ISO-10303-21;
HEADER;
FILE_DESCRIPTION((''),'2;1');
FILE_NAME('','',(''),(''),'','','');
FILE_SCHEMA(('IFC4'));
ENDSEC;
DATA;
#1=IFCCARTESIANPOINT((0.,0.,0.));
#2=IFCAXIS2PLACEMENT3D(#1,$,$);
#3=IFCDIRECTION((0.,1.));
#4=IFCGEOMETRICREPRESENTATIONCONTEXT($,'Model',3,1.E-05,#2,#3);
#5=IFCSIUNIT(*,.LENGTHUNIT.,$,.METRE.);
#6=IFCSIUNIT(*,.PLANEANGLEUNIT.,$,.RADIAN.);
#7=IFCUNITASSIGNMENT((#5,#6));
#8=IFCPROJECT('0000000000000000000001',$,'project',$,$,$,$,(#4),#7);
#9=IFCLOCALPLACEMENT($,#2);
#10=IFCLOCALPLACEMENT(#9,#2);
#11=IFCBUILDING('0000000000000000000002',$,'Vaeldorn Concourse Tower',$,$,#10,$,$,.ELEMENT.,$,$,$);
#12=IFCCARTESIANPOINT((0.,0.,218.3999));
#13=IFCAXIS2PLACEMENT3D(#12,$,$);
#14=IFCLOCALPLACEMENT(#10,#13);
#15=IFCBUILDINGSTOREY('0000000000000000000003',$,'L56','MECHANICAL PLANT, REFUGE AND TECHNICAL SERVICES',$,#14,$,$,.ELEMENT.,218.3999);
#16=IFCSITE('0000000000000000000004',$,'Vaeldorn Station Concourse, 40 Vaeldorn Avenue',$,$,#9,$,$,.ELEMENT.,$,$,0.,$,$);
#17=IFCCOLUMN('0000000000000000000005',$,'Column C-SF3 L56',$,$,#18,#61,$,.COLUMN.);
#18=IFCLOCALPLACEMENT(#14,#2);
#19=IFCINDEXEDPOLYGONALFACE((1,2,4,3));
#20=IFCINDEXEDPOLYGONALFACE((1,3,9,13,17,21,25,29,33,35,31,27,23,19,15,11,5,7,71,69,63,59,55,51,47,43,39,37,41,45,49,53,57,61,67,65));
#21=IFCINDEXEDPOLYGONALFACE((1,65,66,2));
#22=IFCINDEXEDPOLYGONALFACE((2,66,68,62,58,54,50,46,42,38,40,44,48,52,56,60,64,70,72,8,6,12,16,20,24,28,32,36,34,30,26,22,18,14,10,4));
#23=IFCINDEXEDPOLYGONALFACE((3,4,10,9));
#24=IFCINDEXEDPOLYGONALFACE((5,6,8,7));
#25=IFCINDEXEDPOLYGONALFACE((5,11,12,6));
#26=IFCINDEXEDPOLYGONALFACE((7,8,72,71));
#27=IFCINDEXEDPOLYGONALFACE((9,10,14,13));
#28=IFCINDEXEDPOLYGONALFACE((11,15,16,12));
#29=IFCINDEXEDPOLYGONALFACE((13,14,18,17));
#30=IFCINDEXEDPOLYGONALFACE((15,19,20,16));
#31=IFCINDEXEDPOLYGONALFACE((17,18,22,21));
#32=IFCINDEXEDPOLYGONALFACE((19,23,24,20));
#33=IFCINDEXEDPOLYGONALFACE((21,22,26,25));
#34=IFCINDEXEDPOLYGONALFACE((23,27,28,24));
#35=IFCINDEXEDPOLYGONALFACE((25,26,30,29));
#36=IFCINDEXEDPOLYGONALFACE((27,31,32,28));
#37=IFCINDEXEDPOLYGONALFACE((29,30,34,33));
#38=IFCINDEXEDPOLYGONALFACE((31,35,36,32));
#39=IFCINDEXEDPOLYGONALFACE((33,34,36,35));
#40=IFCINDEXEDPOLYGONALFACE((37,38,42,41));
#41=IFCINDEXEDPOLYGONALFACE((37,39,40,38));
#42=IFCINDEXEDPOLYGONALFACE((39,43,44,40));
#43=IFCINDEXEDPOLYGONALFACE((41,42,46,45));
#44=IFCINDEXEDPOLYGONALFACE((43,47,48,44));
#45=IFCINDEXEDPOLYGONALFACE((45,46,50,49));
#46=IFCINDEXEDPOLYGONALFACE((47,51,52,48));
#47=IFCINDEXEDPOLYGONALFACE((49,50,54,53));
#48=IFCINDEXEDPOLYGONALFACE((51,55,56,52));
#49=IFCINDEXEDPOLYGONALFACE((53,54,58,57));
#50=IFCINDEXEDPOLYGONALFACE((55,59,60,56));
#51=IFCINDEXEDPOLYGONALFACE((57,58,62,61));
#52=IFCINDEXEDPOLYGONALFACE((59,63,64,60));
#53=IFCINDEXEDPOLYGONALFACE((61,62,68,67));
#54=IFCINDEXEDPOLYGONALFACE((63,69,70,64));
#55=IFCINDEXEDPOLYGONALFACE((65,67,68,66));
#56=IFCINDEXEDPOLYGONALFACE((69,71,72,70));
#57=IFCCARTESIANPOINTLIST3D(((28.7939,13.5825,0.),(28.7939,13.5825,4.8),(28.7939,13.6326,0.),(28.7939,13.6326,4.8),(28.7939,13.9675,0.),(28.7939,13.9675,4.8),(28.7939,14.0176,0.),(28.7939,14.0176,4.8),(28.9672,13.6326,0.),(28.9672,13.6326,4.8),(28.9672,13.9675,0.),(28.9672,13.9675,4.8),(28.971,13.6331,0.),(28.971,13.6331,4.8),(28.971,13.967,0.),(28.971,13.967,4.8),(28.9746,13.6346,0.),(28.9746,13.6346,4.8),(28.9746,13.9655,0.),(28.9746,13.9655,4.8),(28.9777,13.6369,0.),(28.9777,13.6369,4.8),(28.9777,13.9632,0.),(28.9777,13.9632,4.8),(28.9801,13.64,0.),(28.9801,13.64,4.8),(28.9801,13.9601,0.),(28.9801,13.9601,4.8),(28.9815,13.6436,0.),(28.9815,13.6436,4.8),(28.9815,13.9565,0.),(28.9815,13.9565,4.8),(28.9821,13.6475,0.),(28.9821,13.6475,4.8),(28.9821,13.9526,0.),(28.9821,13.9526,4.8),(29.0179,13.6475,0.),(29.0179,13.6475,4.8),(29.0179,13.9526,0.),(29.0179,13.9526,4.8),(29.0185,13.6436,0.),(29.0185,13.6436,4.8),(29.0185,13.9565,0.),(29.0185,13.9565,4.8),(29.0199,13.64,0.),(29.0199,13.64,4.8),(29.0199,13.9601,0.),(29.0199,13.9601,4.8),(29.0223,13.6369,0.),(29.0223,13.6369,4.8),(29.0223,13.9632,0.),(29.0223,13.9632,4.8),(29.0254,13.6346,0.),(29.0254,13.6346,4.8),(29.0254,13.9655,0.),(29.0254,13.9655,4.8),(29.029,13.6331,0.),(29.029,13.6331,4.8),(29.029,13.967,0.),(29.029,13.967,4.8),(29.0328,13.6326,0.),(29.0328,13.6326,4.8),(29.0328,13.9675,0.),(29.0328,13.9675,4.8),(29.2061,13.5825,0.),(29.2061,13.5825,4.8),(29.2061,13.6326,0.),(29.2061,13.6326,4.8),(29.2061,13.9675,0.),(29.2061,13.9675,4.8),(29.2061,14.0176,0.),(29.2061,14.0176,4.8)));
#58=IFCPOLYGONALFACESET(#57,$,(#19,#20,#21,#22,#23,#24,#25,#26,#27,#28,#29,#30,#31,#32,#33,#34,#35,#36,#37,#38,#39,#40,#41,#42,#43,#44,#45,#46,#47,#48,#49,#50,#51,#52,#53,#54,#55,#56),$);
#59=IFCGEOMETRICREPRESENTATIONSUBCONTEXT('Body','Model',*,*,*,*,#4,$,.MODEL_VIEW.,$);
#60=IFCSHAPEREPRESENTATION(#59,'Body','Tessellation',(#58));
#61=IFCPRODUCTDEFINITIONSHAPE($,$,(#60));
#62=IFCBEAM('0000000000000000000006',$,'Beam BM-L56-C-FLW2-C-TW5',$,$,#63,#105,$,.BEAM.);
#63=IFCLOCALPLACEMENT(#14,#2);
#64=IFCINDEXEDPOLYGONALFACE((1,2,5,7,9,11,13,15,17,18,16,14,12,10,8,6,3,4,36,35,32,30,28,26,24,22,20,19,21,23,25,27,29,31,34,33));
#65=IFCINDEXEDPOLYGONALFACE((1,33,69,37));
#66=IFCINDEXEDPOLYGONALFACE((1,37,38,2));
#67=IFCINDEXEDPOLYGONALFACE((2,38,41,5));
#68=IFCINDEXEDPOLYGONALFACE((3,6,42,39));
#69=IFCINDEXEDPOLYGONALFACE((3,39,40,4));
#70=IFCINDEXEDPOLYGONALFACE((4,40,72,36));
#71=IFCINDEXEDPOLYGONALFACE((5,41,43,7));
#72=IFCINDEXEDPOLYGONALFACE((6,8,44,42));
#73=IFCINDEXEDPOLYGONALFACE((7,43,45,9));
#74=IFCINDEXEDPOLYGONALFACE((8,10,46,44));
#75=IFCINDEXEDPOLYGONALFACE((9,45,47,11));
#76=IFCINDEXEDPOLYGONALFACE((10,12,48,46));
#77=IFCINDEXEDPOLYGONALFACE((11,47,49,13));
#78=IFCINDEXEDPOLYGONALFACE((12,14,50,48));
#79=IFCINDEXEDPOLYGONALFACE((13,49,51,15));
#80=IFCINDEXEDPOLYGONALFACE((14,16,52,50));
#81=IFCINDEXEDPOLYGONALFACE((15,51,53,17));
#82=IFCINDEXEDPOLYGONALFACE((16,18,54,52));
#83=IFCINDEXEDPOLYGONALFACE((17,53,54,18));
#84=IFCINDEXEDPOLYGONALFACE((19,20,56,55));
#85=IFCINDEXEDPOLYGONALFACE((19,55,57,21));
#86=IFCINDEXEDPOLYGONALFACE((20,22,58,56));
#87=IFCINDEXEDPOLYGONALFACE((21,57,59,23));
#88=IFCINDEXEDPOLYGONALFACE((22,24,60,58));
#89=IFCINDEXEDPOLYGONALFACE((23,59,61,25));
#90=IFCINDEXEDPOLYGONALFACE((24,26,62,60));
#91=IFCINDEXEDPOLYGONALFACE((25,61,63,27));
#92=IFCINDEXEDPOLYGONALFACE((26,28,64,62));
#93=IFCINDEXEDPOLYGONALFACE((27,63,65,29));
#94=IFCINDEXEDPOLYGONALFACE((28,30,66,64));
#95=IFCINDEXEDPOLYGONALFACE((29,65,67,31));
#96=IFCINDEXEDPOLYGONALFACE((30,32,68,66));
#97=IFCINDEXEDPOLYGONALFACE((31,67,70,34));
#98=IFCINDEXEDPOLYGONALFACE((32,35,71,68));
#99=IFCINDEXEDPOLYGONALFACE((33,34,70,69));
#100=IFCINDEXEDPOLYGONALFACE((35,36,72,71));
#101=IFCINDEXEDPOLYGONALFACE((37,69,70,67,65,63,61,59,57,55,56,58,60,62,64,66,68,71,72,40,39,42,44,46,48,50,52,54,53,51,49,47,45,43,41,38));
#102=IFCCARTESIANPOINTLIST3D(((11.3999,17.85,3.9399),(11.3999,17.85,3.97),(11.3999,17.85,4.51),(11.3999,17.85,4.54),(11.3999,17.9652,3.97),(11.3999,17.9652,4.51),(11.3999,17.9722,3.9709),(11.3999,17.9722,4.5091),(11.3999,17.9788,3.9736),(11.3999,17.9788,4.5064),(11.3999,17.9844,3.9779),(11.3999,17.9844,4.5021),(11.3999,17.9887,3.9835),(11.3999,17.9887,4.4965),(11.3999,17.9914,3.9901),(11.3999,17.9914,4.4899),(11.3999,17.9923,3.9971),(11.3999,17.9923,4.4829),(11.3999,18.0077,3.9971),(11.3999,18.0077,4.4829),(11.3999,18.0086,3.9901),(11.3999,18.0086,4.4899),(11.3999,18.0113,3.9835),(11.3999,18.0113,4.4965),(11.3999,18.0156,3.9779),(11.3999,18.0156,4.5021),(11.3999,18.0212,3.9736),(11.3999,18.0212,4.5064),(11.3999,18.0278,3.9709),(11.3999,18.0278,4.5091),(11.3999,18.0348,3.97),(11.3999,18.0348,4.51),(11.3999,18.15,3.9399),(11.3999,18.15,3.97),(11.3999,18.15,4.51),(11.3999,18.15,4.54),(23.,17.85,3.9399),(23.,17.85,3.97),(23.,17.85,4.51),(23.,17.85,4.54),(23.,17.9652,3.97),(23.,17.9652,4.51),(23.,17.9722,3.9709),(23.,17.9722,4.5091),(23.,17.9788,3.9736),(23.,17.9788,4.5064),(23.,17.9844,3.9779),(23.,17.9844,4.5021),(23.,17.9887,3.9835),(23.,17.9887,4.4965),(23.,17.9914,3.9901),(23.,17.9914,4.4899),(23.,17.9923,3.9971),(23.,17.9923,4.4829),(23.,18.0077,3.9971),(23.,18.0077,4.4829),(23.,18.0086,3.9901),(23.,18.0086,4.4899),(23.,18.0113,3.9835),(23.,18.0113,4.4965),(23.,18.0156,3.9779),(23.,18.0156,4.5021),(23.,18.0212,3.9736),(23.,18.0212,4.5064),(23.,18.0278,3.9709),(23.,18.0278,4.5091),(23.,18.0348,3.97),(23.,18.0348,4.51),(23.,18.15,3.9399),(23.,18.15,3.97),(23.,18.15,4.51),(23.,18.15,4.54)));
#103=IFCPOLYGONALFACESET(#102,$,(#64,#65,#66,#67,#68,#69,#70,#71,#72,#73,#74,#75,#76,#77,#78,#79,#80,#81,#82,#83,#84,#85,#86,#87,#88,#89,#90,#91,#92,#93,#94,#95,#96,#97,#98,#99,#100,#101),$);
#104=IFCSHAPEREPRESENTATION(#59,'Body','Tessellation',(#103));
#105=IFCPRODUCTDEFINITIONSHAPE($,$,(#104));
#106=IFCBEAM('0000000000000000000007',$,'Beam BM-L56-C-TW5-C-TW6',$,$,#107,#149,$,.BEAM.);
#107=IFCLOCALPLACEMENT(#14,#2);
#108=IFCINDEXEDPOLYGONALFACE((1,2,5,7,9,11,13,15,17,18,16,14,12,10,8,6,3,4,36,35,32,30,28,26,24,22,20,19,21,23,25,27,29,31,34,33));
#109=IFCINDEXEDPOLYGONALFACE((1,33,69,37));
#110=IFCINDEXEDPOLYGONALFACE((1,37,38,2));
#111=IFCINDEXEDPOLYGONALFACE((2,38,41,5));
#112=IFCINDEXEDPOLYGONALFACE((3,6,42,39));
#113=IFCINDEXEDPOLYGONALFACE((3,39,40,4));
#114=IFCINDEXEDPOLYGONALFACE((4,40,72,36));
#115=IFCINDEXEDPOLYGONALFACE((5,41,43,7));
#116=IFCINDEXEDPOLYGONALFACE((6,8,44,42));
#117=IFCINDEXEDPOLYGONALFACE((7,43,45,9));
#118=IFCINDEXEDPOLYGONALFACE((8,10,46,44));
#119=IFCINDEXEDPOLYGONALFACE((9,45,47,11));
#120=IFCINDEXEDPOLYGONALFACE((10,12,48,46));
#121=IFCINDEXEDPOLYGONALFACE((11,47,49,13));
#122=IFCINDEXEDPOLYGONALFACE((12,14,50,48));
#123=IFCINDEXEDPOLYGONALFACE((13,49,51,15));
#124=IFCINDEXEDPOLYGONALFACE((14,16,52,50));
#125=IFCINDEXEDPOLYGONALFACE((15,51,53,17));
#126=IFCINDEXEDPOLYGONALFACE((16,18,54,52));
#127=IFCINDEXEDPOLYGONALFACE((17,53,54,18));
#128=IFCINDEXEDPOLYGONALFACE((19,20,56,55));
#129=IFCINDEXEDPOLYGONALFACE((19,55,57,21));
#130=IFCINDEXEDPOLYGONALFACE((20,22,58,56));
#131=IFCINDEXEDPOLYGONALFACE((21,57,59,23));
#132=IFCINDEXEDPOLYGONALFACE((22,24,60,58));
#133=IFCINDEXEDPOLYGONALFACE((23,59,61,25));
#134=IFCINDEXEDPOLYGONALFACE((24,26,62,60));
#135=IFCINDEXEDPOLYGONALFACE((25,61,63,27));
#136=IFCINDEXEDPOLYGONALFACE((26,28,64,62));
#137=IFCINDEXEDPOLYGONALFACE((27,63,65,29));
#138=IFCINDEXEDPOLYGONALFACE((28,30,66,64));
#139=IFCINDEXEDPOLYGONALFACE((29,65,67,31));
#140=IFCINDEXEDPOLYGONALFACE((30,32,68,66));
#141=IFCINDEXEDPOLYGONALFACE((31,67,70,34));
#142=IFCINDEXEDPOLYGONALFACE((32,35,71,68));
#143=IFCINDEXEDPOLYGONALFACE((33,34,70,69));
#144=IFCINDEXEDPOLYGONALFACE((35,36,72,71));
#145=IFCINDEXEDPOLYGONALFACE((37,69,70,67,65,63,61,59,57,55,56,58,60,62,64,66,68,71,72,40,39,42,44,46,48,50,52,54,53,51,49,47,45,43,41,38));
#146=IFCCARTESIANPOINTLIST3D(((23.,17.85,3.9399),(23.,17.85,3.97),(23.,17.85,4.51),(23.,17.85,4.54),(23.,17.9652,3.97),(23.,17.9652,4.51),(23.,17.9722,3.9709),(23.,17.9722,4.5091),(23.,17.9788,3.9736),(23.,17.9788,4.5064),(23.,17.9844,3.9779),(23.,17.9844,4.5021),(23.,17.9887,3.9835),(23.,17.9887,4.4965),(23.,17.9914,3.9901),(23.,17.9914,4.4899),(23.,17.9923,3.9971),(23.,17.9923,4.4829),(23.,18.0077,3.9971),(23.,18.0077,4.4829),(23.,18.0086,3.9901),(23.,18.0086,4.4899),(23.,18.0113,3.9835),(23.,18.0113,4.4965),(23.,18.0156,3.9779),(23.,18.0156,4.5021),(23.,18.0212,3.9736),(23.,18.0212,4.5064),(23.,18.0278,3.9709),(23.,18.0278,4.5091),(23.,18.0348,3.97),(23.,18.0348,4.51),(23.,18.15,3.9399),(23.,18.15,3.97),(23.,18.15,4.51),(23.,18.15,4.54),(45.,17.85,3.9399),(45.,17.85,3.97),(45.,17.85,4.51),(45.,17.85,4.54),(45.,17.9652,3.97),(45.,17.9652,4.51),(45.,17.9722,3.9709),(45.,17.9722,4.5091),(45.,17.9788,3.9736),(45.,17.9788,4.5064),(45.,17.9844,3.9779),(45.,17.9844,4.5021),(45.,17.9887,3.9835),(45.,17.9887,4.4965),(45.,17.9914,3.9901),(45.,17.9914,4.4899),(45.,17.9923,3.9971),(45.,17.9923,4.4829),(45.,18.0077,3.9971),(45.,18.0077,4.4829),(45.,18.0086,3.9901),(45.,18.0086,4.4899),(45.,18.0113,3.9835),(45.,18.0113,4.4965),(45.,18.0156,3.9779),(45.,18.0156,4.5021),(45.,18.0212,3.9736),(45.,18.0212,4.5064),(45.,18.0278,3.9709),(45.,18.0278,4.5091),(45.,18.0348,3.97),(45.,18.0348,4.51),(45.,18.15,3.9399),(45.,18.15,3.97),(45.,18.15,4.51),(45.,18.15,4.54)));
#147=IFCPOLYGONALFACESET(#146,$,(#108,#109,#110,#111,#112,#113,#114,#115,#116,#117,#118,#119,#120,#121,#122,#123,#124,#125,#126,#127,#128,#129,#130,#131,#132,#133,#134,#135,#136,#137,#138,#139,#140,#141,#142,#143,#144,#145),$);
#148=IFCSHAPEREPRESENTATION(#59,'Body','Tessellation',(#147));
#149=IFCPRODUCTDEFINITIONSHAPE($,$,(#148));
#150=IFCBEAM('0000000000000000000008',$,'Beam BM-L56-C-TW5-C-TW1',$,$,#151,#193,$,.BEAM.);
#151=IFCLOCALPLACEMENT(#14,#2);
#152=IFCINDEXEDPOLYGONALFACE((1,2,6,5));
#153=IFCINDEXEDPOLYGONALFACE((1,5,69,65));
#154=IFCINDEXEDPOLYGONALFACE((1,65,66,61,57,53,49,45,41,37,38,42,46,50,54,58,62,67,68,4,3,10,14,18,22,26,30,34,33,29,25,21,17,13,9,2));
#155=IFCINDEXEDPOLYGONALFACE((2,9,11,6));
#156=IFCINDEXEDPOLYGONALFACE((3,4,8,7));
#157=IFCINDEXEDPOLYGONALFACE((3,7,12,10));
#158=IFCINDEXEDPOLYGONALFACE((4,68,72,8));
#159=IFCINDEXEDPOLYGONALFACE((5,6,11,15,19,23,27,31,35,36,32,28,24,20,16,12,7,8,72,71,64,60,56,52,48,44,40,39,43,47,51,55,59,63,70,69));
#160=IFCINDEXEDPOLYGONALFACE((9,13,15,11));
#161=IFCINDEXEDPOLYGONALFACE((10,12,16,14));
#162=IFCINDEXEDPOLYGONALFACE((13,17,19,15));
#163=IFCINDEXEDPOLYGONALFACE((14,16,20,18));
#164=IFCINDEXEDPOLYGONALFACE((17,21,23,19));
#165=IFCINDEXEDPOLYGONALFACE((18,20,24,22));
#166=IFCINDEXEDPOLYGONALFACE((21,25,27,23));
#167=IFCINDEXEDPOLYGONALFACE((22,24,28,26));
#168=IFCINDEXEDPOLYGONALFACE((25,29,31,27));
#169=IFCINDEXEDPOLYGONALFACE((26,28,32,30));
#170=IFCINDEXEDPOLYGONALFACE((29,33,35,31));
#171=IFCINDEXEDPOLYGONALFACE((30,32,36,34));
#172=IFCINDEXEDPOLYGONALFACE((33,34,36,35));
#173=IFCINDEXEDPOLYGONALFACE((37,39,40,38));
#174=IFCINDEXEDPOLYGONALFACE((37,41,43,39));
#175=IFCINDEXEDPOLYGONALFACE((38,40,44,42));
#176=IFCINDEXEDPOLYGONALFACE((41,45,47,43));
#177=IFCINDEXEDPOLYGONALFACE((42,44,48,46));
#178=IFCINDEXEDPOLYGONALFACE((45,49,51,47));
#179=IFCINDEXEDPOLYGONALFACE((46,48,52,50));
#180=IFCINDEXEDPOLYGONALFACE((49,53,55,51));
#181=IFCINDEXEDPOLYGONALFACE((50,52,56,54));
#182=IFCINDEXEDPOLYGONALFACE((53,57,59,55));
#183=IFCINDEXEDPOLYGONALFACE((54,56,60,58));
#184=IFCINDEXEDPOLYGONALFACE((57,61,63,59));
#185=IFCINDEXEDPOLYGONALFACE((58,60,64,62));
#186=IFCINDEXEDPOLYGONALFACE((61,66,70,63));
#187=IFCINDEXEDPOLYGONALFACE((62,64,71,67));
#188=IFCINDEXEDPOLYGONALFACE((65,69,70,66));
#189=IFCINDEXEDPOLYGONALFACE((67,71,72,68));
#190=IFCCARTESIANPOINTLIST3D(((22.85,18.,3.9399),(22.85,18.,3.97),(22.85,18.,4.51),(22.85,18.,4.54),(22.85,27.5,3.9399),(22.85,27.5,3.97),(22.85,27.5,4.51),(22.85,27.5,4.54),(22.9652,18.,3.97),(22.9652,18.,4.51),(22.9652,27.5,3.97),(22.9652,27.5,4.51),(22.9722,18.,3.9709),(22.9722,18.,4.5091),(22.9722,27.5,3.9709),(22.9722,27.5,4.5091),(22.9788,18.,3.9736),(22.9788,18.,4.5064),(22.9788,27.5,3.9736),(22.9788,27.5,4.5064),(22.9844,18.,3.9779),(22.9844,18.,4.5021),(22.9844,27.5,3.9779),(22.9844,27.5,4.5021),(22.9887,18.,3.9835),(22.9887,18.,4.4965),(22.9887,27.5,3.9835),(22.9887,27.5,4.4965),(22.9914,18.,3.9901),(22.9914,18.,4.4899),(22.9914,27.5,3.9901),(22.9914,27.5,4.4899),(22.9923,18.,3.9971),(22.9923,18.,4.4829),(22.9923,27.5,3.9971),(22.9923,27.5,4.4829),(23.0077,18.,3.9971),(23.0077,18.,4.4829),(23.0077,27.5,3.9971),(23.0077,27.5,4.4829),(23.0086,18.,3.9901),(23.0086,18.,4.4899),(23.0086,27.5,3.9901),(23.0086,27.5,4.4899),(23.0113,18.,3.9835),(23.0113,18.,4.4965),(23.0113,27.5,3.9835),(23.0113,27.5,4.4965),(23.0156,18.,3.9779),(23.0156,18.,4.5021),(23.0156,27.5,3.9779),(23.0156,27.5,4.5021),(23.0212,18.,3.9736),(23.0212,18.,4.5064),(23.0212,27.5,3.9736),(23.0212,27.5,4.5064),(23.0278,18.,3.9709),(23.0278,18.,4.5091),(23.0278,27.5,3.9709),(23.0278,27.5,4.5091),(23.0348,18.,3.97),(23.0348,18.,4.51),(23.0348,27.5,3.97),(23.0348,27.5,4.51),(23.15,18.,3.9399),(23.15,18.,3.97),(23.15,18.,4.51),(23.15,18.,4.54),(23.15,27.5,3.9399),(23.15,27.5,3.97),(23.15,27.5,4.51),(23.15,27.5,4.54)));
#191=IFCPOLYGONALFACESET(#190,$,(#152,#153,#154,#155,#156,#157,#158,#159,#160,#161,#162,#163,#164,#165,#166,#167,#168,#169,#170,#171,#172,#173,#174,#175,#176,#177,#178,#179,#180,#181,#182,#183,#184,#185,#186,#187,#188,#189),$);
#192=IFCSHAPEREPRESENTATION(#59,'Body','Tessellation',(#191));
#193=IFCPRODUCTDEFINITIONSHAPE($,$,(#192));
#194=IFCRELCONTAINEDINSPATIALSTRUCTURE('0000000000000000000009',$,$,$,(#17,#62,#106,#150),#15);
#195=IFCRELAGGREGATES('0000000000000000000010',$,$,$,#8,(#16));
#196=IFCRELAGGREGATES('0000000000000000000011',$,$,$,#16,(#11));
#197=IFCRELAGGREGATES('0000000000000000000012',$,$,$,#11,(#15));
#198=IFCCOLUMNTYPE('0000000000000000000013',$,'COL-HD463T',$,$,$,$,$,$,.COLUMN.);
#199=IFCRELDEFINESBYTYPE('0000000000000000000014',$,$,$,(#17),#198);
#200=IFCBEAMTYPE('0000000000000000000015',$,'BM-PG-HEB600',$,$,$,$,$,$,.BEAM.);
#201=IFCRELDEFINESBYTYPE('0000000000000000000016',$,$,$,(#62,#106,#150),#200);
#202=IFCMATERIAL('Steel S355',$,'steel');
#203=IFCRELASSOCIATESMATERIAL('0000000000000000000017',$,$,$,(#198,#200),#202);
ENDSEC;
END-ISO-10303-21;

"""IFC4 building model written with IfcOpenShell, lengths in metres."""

from ifc_helpers import new_model, si_unit, direction, frame, origin, origin_2d, place, context, subcontext, project, spatial, i_section, extrude, source, transform, mapped, material, material_profile, profile_set, type_object, element, save


model = new_model("IFC4")

# Units and contexts
model_context = context("Model", 3, precision=1e-05, world=origin(), true_north=direction((0.0, 1.0)))
body_context = subcontext(model_context, "Body", "Model", "MODEL_VIEW")
ifc_project = project(units=[si_unit("LENGTHUNIT", "METRE"), si_unit("PLANEANGLEUNIT", "RADIAN")], contexts=[model_context])

# Site, building, storey
site_placement = place(None, origin())
site = spatial("IfcSite", under=ifc_project, at=site_placement, Name="Vaeldorn Station Concourse, 40 Vaeldorn Avenue", CompositionType="ELEMENT", RefElevation=0.0)
building_placement = place(site_placement, origin())
building = spatial("IfcBuilding", under=site, at=building_placement, Name="Vaeldorn Concourse Tower", CompositionType="ELEMENT")
storey_placement = place(building_placement, frame((0.0, 0.0, 218.3999)))
storey = spatial("IfcBuildingStorey", under=building, at=storey_placement, Name="L56", Description="MECHANICAL PLANT, REFUGE AND TECHNICAL SERVICES", CompositionType="ELEMENT", Elevation=218.3999)

# Column
ifc_material_1 = material(Name="Steel S355", Category="steel")
ifc_material_profile_1 = material_profile(ifc_material_1, i_section(OverallWidth=0.4121, OverallDepth=0.4351, WebThickness=0.0359, FlangeThickness=0.05, FilletRadius=0.0149, at=origin_2d()), Name="HD 400x463")
ifc_profile_set_1 = profile_set([ifc_material_profile_1], Name="Steel S355")
column_type_1 = type_object("IfcColumnType", Name="COL-HD463T", PredefinedType="COLUMN", material=ifc_profile_set_1)
shared_shape_1 = source(origin(), body_context, "Body", "SweptSolid", [
    extrude(i_section(OverallWidth=0.4121, OverallDepth=0.4351, WebThickness=0.0359, FlangeThickness=0.05, FilletRadius=0.0149, at=origin_2d()), origin(), (0.0, 0.0, 1.0), 4.8),
])
for number, where, z_axis, x_axis, name in (
    (1, (29.0, 13.8, 0.0), (0.0, 0.0, 1.0), (1.0, 0.0, 0.0), "Column C-SF3 L56"),
):
    element("IfcColumn", number, at=place(storey_placement, frame(where, z_axis=z_axis, x_axis=x_axis)), inside=storey, type_object=column_type_1, Name=name, PredefinedType="COLUMN", context=body_context, shape_type="MappedRepresentation", body=[
        mapped(shared_shape_1, transform((0.0, 0.0, 0.0), scale=1.0)),
    ])

# Beams
ifc_material_profile_2 = material_profile(ifc_material_1, i_section(OverallWidth=0.3, OverallDepth=0.6001, WebThickness=0.0154, FlangeThickness=0.03, FilletRadius=0.0271, at=origin_2d()), Name="HEB 600")
ifc_profile_set_2 = profile_set([ifc_material_profile_2], Name="Steel S355")
beam_type_1 = type_object("IfcBeamType", Name="BM-PG-HEB600", PredefinedType="BEAM", material=ifc_profile_set_2)
shared_shape_2 = source(origin(), body_context, "Body", "SweptSolid", [
    extrude(i_section(OverallWidth=0.3, OverallDepth=0.6001, WebThickness=0.0154, FlangeThickness=0.03, FilletRadius=0.0271, at=origin_2d()), origin(), (0.0, 0.0, 1.0), 11.6001),
])
beam_1_placement = place(storey_placement, frame((11.3999, 18.0, 4.24), z_axis=(1.0, 0.0, 0.0), x_axis=(0.0, 1.0, 0.0)))
element("IfcBeam", 2, at=beam_1_placement, inside=storey, type_object=beam_type_1, Name="Beam BM-L56-C-FLW2-C-TW5", PredefinedType="BEAM", context=body_context, shape_type="MappedRepresentation", body=[
    mapped(shared_shape_2, transform((0.0, 0.0, 0.0), scale=1.0)),
])
shared_shape_3 = source(origin(), body_context, "Body", "SweptSolid", [
    extrude(i_section(OverallWidth=0.3, OverallDepth=0.6001, WebThickness=0.0154, FlangeThickness=0.03, FilletRadius=0.0271, at=origin_2d()), origin(), (0.0, 0.0, 1.0), 22.0),
])
beam_2_placement = place(storey_placement, frame((23.0, 18.0, 4.24), z_axis=(1.0, 0.0, 0.0), x_axis=(0.0, 1.0, 0.0)))
element("IfcBeam", 3, at=beam_2_placement, inside=storey, type_object=beam_type_1, Name="Beam BM-L56-C-TW5-C-TW6", PredefinedType="BEAM", context=body_context, shape_type="MappedRepresentation", body=[
    mapped(shared_shape_3, transform((0.0, 0.0, 0.0), scale=1.0)),
])
shared_shape_4 = source(origin(), body_context, "Body", "SweptSolid", [
    extrude(i_section(OverallWidth=0.3, OverallDepth=0.6001, WebThickness=0.0154, FlangeThickness=0.03, FilletRadius=0.0271, at=origin_2d()), origin(), (0.0, 0.0, 1.0), 9.5),
])
beam_3_placement = place(storey_placement, frame((23.0, 18.0, 4.24), z_axis=(0.0, 1.0, 0.0), x_axis=(-1.0, 0.0, 0.0)))
element("IfcBeam", 4, at=beam_3_placement, inside=storey, type_object=beam_type_1, Name="Beam BM-L56-C-TW5-C-TW1", PredefinedType="BEAM", context=body_context, shape_type="MappedRepresentation", body=[
    mapped(shared_shape_4, transform((0.0, 0.0, 0.0), scale=1.0)),
])

save(model, "model.ifc")
